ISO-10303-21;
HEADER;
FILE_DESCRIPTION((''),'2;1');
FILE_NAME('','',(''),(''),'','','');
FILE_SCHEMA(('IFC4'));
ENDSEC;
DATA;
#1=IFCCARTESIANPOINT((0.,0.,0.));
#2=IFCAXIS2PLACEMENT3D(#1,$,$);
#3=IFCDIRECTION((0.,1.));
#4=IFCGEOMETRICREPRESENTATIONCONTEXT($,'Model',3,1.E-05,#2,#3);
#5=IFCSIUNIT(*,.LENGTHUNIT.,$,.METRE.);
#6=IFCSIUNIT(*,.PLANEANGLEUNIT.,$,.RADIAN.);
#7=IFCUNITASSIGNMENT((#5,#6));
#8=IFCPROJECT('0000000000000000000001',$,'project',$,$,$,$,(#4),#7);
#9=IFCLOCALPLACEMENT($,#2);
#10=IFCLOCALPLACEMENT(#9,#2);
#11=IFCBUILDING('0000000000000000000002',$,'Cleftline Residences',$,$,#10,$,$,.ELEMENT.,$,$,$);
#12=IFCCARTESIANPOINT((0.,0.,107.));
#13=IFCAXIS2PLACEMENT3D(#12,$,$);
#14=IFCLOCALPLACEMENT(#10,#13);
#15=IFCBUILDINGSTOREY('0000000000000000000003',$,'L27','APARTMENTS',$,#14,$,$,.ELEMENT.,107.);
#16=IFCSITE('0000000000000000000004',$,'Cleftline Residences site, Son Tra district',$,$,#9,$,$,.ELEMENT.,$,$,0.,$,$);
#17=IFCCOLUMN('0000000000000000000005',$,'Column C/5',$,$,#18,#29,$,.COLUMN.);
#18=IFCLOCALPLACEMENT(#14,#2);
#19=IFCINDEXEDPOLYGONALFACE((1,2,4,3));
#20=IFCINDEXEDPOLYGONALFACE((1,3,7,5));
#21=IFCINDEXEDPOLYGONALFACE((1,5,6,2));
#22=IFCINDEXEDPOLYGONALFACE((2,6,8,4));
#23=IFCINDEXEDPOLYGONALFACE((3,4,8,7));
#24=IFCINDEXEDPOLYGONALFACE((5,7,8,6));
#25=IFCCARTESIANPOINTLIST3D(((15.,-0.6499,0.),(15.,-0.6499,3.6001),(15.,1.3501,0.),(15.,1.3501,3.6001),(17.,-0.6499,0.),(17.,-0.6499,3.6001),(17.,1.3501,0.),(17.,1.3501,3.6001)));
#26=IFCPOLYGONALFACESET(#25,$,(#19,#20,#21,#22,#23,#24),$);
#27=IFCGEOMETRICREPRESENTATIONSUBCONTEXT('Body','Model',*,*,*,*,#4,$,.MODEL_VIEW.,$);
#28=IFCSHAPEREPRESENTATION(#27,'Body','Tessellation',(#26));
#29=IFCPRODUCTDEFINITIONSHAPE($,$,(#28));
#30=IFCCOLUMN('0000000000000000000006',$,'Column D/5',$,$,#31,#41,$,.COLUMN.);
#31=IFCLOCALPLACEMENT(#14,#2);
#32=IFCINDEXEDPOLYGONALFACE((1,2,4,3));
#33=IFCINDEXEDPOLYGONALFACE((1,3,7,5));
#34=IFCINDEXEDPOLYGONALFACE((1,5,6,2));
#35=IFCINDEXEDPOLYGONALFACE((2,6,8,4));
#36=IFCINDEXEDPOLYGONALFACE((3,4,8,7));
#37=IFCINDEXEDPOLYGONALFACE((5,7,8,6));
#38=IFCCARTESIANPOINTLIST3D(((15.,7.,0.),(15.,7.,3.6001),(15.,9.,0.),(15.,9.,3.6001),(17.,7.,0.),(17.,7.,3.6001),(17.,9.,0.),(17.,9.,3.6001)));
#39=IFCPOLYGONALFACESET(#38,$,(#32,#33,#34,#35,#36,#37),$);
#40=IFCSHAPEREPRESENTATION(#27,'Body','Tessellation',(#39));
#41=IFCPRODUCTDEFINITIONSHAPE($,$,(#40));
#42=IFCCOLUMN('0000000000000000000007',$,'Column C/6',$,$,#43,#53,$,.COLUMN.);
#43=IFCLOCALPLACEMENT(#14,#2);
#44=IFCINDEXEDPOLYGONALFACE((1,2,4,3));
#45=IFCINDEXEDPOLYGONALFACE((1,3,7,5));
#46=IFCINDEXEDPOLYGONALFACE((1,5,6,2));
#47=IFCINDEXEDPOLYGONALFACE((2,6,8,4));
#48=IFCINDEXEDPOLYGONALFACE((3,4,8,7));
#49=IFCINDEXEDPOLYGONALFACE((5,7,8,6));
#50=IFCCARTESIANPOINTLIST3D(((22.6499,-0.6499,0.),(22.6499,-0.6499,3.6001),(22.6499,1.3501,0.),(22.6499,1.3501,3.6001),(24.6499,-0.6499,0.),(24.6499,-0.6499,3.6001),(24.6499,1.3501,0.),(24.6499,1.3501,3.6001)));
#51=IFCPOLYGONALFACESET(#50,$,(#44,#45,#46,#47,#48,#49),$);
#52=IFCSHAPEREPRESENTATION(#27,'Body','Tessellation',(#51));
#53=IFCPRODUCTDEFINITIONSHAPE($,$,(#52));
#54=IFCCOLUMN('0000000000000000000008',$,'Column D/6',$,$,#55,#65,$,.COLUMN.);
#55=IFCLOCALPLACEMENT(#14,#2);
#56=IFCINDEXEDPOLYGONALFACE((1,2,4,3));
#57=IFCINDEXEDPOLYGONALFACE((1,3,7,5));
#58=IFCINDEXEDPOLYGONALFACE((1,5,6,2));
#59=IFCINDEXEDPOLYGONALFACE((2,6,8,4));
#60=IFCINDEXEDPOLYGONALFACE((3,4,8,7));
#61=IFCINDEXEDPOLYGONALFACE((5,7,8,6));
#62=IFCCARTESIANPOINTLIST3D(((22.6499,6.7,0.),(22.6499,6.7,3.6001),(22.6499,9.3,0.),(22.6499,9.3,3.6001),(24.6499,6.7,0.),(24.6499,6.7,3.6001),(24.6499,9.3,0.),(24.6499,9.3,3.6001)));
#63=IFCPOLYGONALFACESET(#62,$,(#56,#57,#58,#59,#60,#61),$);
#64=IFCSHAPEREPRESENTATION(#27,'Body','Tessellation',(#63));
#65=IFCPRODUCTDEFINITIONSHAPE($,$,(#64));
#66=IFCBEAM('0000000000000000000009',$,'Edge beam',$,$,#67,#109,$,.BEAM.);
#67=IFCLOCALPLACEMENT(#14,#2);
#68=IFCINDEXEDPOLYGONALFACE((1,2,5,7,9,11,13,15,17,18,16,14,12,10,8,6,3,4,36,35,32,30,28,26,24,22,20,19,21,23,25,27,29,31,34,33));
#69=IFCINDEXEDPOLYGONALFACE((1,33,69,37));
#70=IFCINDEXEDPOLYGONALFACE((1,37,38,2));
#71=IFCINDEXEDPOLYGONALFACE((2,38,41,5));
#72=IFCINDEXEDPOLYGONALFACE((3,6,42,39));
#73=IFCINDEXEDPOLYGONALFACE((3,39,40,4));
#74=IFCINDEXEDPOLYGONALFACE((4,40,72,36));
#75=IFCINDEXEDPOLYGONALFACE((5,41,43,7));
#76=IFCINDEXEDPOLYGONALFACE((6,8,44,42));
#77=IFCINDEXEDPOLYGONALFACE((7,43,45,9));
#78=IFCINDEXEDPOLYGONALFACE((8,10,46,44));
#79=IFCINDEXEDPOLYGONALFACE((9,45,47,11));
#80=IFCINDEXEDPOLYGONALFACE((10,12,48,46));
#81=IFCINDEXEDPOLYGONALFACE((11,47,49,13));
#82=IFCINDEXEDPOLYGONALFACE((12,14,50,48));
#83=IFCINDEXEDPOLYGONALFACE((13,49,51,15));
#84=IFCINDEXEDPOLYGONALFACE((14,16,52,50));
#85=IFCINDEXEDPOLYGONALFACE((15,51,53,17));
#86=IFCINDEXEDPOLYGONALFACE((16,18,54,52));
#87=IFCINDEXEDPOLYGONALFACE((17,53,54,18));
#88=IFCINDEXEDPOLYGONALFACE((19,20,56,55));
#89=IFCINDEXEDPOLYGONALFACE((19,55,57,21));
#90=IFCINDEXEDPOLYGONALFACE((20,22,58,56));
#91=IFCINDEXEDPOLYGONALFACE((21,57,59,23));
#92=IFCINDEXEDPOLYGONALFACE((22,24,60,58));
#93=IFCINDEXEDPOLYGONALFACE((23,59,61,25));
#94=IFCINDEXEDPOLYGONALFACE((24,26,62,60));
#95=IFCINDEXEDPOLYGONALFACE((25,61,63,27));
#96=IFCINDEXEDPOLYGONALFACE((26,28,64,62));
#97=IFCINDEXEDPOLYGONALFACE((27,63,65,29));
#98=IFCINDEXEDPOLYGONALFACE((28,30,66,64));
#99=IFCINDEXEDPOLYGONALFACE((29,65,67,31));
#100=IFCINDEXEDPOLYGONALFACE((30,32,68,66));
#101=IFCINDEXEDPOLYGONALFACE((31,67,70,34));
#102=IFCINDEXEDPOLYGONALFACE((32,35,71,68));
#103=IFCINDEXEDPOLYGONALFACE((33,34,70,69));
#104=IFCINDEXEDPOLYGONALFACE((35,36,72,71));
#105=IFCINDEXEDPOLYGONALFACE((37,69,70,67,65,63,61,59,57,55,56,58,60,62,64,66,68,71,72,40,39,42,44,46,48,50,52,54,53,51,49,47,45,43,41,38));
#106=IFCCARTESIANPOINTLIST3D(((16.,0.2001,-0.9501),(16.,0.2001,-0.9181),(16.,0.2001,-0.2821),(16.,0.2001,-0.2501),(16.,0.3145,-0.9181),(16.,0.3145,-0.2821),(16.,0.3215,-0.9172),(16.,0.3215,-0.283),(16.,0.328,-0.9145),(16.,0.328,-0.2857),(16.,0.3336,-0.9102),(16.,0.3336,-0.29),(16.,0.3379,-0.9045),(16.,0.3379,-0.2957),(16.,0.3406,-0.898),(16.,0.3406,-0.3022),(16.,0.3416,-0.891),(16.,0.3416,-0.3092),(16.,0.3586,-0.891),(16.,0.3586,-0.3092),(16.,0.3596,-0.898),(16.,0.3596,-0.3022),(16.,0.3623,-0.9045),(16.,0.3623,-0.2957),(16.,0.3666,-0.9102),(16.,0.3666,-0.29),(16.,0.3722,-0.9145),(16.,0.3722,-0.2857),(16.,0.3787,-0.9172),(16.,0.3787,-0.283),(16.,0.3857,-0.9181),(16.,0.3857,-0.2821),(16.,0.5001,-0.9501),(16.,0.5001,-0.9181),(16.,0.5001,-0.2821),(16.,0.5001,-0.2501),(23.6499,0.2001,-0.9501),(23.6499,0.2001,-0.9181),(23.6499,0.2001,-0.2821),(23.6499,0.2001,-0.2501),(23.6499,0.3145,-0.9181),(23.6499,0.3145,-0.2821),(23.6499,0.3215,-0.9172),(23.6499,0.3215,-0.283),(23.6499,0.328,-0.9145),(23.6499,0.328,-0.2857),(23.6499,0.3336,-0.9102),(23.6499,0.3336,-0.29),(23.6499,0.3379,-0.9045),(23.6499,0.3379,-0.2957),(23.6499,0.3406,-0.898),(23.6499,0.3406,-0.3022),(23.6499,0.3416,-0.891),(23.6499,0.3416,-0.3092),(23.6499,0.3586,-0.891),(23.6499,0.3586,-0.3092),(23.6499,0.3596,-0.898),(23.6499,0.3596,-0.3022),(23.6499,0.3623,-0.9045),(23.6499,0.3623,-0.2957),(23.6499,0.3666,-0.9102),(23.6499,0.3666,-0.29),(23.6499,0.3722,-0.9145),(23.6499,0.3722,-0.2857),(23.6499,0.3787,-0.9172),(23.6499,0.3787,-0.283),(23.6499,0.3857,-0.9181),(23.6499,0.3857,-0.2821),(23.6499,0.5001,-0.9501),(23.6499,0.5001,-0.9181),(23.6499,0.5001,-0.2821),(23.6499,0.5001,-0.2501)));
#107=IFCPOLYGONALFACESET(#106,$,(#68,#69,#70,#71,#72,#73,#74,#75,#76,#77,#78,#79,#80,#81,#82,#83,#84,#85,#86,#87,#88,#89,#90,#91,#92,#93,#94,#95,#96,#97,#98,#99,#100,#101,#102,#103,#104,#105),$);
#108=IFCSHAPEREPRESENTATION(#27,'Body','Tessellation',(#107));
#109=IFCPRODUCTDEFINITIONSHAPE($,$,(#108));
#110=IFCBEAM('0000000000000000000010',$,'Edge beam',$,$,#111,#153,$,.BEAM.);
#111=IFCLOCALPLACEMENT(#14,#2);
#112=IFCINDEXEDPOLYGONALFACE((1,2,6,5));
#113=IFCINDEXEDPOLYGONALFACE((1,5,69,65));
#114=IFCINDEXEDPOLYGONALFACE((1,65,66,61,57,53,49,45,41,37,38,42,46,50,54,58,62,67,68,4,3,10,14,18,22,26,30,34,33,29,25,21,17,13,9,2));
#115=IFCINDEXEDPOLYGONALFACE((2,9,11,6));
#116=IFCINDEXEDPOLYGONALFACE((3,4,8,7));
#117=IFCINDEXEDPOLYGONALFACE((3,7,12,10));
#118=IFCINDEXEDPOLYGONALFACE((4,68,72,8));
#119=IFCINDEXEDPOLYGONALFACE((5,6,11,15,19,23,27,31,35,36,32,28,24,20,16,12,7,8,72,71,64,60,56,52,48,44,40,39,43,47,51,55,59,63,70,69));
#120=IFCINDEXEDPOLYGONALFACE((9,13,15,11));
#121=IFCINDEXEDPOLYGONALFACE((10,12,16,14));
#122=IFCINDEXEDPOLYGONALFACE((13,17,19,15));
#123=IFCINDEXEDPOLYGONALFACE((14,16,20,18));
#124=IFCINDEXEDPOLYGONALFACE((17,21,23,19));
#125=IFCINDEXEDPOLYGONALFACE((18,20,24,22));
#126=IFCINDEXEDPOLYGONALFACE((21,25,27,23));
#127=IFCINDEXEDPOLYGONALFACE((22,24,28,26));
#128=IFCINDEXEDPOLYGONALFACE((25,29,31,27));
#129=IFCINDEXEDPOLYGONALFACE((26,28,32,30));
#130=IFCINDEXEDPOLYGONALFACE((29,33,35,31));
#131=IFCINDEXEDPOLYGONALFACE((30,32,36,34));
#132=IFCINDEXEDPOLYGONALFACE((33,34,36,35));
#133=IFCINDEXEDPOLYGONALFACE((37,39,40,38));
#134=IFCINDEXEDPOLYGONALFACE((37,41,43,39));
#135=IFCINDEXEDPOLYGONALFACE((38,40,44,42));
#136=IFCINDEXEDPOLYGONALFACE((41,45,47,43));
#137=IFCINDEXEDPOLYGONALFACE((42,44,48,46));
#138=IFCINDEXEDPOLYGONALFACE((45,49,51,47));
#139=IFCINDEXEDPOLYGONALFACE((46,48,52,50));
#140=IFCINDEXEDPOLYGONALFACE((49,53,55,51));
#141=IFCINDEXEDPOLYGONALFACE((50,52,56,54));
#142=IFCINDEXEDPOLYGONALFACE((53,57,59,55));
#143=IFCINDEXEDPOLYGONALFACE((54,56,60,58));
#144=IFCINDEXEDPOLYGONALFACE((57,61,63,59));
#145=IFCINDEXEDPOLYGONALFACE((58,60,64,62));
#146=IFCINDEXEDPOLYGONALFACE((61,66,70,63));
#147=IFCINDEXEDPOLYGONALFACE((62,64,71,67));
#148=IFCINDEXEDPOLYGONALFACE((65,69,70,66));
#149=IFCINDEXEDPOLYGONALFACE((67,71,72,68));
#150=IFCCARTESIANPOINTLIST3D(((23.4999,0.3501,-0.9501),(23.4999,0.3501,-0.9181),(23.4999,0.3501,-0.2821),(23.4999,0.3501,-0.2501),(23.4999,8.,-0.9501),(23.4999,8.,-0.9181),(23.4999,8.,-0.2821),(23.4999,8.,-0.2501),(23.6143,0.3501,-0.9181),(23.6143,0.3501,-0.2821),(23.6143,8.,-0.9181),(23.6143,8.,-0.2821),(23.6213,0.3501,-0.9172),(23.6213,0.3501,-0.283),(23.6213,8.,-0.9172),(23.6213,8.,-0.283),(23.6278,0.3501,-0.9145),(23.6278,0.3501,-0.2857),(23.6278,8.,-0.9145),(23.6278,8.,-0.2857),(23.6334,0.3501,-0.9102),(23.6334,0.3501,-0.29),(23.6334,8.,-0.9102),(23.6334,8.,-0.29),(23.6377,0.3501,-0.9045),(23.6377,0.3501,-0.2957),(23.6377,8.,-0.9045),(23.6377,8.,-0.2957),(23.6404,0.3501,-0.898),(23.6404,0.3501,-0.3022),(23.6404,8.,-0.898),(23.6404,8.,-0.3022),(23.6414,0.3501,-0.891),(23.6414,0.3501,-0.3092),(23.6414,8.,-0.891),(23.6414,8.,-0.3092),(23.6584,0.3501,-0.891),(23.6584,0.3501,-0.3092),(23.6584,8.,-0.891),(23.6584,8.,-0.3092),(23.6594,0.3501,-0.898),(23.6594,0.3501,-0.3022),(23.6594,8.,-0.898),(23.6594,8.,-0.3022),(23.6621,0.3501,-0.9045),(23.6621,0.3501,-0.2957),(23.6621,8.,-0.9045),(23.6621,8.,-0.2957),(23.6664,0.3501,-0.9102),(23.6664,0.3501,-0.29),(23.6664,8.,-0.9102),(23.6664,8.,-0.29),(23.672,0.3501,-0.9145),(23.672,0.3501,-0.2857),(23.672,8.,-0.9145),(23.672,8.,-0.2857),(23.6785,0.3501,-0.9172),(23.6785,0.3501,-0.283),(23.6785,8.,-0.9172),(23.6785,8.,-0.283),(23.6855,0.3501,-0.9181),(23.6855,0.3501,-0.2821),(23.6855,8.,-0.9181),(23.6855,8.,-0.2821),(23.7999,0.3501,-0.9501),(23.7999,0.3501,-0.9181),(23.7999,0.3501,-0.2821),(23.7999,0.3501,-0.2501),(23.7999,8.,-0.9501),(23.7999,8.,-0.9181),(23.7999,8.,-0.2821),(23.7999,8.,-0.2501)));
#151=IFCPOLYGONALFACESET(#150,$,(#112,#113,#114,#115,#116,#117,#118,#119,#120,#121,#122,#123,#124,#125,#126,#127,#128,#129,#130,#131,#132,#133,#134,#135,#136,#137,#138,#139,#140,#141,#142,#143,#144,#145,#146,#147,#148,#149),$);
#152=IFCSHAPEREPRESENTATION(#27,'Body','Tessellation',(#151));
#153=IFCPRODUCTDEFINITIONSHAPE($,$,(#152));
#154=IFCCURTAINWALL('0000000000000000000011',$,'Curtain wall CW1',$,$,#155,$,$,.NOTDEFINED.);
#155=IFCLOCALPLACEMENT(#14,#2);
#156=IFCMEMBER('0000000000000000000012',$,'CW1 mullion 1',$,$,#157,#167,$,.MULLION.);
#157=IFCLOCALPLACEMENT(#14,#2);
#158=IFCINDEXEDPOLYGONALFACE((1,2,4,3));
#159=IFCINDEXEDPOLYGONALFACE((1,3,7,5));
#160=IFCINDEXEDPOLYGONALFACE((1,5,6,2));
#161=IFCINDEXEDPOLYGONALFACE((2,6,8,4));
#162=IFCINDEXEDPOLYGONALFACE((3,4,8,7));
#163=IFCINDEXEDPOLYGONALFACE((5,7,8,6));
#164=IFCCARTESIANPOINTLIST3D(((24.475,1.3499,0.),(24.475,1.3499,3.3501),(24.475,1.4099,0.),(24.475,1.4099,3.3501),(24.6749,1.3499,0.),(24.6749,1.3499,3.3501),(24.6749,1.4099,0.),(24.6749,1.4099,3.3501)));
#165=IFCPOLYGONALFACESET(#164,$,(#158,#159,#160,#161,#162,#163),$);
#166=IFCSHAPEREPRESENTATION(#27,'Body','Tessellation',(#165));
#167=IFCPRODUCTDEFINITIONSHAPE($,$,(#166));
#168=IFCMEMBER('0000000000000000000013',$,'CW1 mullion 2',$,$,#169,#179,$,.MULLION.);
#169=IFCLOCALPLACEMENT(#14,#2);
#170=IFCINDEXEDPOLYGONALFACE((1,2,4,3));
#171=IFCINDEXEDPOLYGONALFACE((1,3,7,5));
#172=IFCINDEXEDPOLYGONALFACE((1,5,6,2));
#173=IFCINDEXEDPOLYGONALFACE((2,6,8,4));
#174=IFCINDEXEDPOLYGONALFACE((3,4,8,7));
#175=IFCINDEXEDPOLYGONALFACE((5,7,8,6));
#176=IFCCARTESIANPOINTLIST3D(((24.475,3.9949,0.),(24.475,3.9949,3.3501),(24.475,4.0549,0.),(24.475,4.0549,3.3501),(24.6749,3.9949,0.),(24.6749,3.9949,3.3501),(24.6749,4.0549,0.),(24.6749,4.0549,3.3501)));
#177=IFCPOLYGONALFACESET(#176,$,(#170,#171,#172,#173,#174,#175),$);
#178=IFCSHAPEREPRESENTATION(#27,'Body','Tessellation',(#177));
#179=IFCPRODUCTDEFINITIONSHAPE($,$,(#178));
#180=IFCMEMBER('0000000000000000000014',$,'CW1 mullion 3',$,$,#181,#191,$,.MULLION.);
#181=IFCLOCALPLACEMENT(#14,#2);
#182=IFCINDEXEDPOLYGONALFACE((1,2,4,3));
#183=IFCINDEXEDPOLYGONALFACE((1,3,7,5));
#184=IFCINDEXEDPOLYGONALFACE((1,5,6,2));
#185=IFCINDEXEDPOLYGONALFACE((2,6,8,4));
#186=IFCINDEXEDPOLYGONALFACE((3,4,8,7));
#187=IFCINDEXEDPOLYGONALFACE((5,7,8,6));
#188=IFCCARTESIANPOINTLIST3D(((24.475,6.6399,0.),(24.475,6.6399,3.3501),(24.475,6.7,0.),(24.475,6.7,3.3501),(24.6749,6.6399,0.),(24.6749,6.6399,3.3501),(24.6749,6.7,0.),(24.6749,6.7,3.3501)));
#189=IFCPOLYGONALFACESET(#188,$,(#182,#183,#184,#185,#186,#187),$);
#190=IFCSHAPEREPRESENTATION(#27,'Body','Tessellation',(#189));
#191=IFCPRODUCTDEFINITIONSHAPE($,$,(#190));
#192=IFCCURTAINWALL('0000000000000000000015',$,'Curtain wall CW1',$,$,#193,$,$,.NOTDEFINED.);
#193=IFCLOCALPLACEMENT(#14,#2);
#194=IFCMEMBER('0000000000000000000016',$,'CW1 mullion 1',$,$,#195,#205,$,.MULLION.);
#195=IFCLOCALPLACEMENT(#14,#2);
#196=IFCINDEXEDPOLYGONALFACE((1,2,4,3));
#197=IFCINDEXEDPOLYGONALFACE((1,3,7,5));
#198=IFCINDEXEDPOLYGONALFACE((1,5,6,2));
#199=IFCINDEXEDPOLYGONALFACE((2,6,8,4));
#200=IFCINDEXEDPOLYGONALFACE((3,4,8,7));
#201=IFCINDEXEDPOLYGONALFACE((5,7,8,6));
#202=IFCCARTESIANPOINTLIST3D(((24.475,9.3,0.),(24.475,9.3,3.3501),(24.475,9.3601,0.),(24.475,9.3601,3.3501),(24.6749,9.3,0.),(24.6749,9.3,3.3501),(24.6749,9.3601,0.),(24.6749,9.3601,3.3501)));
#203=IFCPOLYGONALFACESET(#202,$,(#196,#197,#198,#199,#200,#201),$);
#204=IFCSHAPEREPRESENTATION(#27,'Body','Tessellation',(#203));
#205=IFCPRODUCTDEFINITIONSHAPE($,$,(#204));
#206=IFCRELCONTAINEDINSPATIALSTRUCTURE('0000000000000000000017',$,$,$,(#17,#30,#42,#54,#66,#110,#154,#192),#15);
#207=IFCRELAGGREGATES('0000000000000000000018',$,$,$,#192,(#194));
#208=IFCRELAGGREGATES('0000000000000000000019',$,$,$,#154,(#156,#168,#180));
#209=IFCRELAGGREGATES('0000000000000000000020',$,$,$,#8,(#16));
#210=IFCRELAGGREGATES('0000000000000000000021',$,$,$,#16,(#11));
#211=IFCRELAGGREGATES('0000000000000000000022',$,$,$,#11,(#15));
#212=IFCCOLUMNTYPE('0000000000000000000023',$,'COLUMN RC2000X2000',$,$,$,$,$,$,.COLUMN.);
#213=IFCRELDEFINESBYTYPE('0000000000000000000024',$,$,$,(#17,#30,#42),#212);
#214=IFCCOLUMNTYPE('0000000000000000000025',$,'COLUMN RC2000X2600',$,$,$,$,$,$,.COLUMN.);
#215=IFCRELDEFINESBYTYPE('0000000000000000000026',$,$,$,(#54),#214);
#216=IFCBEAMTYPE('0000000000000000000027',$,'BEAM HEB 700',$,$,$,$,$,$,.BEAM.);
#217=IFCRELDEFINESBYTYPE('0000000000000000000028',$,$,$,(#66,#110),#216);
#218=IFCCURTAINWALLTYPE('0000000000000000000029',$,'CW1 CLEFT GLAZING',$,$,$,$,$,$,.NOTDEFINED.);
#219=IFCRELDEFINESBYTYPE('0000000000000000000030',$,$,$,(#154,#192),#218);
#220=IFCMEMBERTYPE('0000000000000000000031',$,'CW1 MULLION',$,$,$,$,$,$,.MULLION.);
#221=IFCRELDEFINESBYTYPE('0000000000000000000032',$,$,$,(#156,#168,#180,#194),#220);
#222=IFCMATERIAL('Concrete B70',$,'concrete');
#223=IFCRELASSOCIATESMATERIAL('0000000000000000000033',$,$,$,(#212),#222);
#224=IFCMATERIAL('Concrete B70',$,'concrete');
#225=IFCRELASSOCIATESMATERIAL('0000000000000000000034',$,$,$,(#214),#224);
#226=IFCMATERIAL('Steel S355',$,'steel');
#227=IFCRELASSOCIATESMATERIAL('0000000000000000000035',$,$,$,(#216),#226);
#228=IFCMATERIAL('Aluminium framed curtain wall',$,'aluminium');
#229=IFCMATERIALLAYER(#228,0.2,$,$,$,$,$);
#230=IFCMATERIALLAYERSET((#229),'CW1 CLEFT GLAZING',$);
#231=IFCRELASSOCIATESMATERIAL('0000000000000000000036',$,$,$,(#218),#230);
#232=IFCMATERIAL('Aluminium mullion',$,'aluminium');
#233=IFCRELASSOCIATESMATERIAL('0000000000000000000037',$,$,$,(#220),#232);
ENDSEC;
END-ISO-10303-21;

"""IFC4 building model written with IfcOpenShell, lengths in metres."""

from ifc_helpers import new_model, si_unit, direction, frame, origin, origin_2d, place, context, subcontext, project, spatial, rectangle, i_section, extrude, material, layer, layer_set, material_profile, profile_set, type_object, element, aggregate, save


model = new_model("IFC4")

# Units and contexts
model_context = context("Model", 3, precision=1e-05, world=origin(), true_north=direction((0.0, 1.0)))
body_context = subcontext(model_context, "Body", "Model", "MODEL_VIEW")
ifc_project = project(units=[si_unit("LENGTHUNIT", "METRE"), si_unit("PLANEANGLEUNIT", "RADIAN")], contexts=[model_context])

# Site, building, storey
site_placement = place(None, origin())
site = spatial("IfcSite", under=ifc_project, at=site_placement, Name="Cleftline Residences site, Son Tra district", CompositionType="ELEMENT", RefElevation=0.0)
building_placement = place(site_placement, origin())
building = spatial("IfcBuilding", under=site, at=building_placement, Name="Cleftline Residences", CompositionType="ELEMENT")
storey_placement = place(building_placement, frame((0.0, 0.0, 107.0)))
storey = spatial("IfcBuildingStorey", under=building, at=storey_placement, Name="L27", Description="APARTMENTS", CompositionType="ELEMENT", Elevation=107.0)

# Columns
ifc_material_1 = material(Name="Concrete B70", Category="concrete")
ifc_material_profile_1 = material_profile(ifc_material_1, rectangle(XDim=2.0, YDim=2.0, at=origin_2d()))
ifc_profile_set_1 = profile_set([ifc_material_profile_1], Name="Concrete B70")
column_type_1 = type_object("IfcColumnType", Name="COLUMN RC2000X2000", PredefinedType="COLUMN", material=ifc_profile_set_1)
for number, where, z_axis, x_axis, name in (
    (1, (16.0, 0.3501, 0.0), (0.0, 0.0, 1.0), (1.0, 0.0, 0.0), "Column C/5"),
    (2, (16.0, 8.0, 0.0), (0.0, 0.0, 1.0), (1.0, 0.0, 0.0), "Column D/5"),
    (3, (23.6499, 0.3501, 0.0), (0.0, 0.0, 1.0), (1.0, 0.0, 0.0), "Column C/6"),
):
    element("IfcColumn", number, at=place(storey_placement, frame(where, z_axis=z_axis, x_axis=x_axis)), inside=storey, type_object=column_type_1, Name=name, PredefinedType="COLUMN", context=body_context, shape_type="SweptSolid", body=[
        extrude(rectangle(XDim=2.0, YDim=2.0, at=origin_2d()), origin(), (0.0, 0.0, 1.0), 3.6001),
    ])
ifc_material_2 = material(Name="Concrete B70", Category="concrete")
ifc_material_profile_2 = material_profile(ifc_material_2, rectangle(XDim=2.0, YDim=2.6001, at=origin_2d()))
ifc_profile_set_2 = profile_set([ifc_material_profile_2], Name="Concrete B70")
column_type_2 = type_object("IfcColumnType", Name="COLUMN RC2000X2600", PredefinedType="COLUMN", material=ifc_profile_set_2)
column_placement = place(storey_placement, frame((23.6499, 8.0, 0.0), z_axis=(0.0, 0.0, 1.0), x_axis=(1.0, 0.0, 0.0)))
element("IfcColumn", 4, at=column_placement, inside=storey, type_object=column_type_2, Name="Column D/6", PredefinedType="COLUMN", context=body_context, shape_type="SweptSolid", body=[
    extrude(rectangle(XDim=2.0, YDim=2.6001, at=origin_2d()), origin(), (0.0, 0.0, 1.0), 3.6001),
])

# Beams
ifc_material_3 = material(Name="Steel S355", Category="steel")
ifc_material_profile_3 = material_profile(ifc_material_3, i_section(OverallWidth=0.3, OverallDepth=0.7, WebThickness=0.0171, FlangeThickness=0.032, FilletRadius=0.0271, at=origin_2d()))
ifc_profile_set_3 = profile_set([ifc_material_profile_3], Name="Steel S355")
beam_type = type_object("IfcBeamType", Name="BEAM HEB 700", PredefinedType="BEAM", material=ifc_profile_set_3)
for number, where, z_axis, x_axis, name in (
    (5, (16.0, 0.3501, -0.6001), (1.0, 0.0, 0.0), (0.0, 1.0, 0.0), "Edge beam"),
    (6, (23.6499, 0.3501, -0.6001), (0.0, 1.0, 0.0), (-1.0, 0.0, 0.0), "Edge beam"),
):
    element("IfcBeam", number, at=place(storey_placement, frame(where, z_axis=z_axis, x_axis=x_axis)), inside=storey, type_object=beam_type, Name=name, PredefinedType="BEAM", context=body_context, shape_type="SweptSolid", body=[
        extrude(i_section(OverallWidth=0.3, OverallDepth=0.7, WebThickness=0.0171, FlangeThickness=0.032, FilletRadius=0.0271, at=origin_2d()), origin(), (0.0, 0.0, 1.0), 7.6499),
    ])

# Curtain wall, members
ifc_material_4 = material(Name="Aluminium framed curtain wall", Category="aluminium")
ifc_layer_1 = layer(ifc_material_4, 0.2)
ifc_layer_set_1 = layer_set([ifc_layer_1], Name="CW1 CLEFT GLAZING")
curtain_wall_type = type_object("IfcCurtainWallType", Name="CW1 CLEFT GLAZING", PredefinedType="NOTDEFINED", material=ifc_layer_set_1)
curtain_wall_1_placement = place(storey_placement, origin())
curtain_wall_1 = element("IfcCurtainWall", 7, at=curtain_wall_1_placement, inside=storey, type_object=curtain_wall_type, Name="Curtain wall CW1", PredefinedType="NOTDEFINED")
ifc_material_5 = material(Name="Aluminium mullion", Category="aluminium")
ifc_material_profile_4 = material_profile(ifc_material_5, rectangle(XDim=0.2, YDim=0.0601, at=origin_2d()))
ifc_profile_set_4 = profile_set([ifc_material_profile_4], Name="Aluminium mullion")
member_type_1 = type_object("IfcMemberType", Name="CW1 MULLION", PredefinedType="MULLION", material=ifc_profile_set_4)
member_1_placement = place(storey_placement, frame((24.575, 1.3799, 0.0), z_axis=(0.0, 0.0, 1.0), x_axis=(-1.0, 0.0, 0.0)))
member_1 = element("IfcMember", 8, at=member_1_placement, type_object=member_type_1, Name="CW1 mullion 1", PredefinedType="MULLION", context=body_context, shape_type="SweptSolid", body=[
    extrude(rectangle(XDim=0.2, YDim=0.0601, at=origin_2d()), origin(), (0.0, 0.0, 1.0), 3.3501),
])
member_2_placement = place(storey_placement, frame((24.575, 4.0249, 0.0), z_axis=(0.0, 0.0, 1.0), x_axis=(-1.0, 0.0, 0.0)))
member_2 = element("IfcMember", 9, at=member_2_placement, type_object=member_type_1, Name="CW1 mullion 2", PredefinedType="MULLION", context=body_context, shape_type="SweptSolid", body=[
    extrude(rectangle(XDim=0.2, YDim=0.0601, at=origin_2d()), origin(), (0.0, 0.0, 1.0), 3.3501),
])
member_3_placement = place(storey_placement, frame((24.575, 6.6699, 0.0), z_axis=(0.0, 0.0, 1.0), x_axis=(-1.0, 0.0, 0.0)))
member_3 = element("IfcMember", 10, at=member_3_placement, type_object=member_type_1, Name="CW1 mullion 3", PredefinedType="MULLION", context=body_context, shape_type="SweptSolid", body=[
    extrude(rectangle(XDim=0.2, YDim=0.0601, at=origin_2d()), origin(), (0.0, 0.0, 1.0), 3.3501),
])

# Curtain wall, member
curtain_wall_2_placement = place(storey_placement, origin())
curtain_wall_2 = element("IfcCurtainWall", 11, at=curtain_wall_2_placement, inside=storey, type_object=curtain_wall_type, Name="Curtain wall CW1", PredefinedType="NOTDEFINED")
member_4_placement = place(storey_placement, frame((24.575, 9.3301, 0.0), z_axis=(0.0, 0.0, 1.0), x_axis=(-1.0, 0.0, 0.0)))
member_4 = element("IfcMember", 12, at=member_4_placement, type_object=member_type_1, Name="CW1 mullion 1", PredefinedType="MULLION", context=body_context, shape_type="SweptSolid", body=[
    extrude(rectangle(XDim=0.2, YDim=0.0601, at=origin_2d()), origin(), (0.0, 0.0, 1.0), 3.3501),
])

aggregate(curtain_wall_2, [member_4])

aggregate(curtain_wall_1, [member_1, member_2, member_3])

save(model, "model.ifc")
